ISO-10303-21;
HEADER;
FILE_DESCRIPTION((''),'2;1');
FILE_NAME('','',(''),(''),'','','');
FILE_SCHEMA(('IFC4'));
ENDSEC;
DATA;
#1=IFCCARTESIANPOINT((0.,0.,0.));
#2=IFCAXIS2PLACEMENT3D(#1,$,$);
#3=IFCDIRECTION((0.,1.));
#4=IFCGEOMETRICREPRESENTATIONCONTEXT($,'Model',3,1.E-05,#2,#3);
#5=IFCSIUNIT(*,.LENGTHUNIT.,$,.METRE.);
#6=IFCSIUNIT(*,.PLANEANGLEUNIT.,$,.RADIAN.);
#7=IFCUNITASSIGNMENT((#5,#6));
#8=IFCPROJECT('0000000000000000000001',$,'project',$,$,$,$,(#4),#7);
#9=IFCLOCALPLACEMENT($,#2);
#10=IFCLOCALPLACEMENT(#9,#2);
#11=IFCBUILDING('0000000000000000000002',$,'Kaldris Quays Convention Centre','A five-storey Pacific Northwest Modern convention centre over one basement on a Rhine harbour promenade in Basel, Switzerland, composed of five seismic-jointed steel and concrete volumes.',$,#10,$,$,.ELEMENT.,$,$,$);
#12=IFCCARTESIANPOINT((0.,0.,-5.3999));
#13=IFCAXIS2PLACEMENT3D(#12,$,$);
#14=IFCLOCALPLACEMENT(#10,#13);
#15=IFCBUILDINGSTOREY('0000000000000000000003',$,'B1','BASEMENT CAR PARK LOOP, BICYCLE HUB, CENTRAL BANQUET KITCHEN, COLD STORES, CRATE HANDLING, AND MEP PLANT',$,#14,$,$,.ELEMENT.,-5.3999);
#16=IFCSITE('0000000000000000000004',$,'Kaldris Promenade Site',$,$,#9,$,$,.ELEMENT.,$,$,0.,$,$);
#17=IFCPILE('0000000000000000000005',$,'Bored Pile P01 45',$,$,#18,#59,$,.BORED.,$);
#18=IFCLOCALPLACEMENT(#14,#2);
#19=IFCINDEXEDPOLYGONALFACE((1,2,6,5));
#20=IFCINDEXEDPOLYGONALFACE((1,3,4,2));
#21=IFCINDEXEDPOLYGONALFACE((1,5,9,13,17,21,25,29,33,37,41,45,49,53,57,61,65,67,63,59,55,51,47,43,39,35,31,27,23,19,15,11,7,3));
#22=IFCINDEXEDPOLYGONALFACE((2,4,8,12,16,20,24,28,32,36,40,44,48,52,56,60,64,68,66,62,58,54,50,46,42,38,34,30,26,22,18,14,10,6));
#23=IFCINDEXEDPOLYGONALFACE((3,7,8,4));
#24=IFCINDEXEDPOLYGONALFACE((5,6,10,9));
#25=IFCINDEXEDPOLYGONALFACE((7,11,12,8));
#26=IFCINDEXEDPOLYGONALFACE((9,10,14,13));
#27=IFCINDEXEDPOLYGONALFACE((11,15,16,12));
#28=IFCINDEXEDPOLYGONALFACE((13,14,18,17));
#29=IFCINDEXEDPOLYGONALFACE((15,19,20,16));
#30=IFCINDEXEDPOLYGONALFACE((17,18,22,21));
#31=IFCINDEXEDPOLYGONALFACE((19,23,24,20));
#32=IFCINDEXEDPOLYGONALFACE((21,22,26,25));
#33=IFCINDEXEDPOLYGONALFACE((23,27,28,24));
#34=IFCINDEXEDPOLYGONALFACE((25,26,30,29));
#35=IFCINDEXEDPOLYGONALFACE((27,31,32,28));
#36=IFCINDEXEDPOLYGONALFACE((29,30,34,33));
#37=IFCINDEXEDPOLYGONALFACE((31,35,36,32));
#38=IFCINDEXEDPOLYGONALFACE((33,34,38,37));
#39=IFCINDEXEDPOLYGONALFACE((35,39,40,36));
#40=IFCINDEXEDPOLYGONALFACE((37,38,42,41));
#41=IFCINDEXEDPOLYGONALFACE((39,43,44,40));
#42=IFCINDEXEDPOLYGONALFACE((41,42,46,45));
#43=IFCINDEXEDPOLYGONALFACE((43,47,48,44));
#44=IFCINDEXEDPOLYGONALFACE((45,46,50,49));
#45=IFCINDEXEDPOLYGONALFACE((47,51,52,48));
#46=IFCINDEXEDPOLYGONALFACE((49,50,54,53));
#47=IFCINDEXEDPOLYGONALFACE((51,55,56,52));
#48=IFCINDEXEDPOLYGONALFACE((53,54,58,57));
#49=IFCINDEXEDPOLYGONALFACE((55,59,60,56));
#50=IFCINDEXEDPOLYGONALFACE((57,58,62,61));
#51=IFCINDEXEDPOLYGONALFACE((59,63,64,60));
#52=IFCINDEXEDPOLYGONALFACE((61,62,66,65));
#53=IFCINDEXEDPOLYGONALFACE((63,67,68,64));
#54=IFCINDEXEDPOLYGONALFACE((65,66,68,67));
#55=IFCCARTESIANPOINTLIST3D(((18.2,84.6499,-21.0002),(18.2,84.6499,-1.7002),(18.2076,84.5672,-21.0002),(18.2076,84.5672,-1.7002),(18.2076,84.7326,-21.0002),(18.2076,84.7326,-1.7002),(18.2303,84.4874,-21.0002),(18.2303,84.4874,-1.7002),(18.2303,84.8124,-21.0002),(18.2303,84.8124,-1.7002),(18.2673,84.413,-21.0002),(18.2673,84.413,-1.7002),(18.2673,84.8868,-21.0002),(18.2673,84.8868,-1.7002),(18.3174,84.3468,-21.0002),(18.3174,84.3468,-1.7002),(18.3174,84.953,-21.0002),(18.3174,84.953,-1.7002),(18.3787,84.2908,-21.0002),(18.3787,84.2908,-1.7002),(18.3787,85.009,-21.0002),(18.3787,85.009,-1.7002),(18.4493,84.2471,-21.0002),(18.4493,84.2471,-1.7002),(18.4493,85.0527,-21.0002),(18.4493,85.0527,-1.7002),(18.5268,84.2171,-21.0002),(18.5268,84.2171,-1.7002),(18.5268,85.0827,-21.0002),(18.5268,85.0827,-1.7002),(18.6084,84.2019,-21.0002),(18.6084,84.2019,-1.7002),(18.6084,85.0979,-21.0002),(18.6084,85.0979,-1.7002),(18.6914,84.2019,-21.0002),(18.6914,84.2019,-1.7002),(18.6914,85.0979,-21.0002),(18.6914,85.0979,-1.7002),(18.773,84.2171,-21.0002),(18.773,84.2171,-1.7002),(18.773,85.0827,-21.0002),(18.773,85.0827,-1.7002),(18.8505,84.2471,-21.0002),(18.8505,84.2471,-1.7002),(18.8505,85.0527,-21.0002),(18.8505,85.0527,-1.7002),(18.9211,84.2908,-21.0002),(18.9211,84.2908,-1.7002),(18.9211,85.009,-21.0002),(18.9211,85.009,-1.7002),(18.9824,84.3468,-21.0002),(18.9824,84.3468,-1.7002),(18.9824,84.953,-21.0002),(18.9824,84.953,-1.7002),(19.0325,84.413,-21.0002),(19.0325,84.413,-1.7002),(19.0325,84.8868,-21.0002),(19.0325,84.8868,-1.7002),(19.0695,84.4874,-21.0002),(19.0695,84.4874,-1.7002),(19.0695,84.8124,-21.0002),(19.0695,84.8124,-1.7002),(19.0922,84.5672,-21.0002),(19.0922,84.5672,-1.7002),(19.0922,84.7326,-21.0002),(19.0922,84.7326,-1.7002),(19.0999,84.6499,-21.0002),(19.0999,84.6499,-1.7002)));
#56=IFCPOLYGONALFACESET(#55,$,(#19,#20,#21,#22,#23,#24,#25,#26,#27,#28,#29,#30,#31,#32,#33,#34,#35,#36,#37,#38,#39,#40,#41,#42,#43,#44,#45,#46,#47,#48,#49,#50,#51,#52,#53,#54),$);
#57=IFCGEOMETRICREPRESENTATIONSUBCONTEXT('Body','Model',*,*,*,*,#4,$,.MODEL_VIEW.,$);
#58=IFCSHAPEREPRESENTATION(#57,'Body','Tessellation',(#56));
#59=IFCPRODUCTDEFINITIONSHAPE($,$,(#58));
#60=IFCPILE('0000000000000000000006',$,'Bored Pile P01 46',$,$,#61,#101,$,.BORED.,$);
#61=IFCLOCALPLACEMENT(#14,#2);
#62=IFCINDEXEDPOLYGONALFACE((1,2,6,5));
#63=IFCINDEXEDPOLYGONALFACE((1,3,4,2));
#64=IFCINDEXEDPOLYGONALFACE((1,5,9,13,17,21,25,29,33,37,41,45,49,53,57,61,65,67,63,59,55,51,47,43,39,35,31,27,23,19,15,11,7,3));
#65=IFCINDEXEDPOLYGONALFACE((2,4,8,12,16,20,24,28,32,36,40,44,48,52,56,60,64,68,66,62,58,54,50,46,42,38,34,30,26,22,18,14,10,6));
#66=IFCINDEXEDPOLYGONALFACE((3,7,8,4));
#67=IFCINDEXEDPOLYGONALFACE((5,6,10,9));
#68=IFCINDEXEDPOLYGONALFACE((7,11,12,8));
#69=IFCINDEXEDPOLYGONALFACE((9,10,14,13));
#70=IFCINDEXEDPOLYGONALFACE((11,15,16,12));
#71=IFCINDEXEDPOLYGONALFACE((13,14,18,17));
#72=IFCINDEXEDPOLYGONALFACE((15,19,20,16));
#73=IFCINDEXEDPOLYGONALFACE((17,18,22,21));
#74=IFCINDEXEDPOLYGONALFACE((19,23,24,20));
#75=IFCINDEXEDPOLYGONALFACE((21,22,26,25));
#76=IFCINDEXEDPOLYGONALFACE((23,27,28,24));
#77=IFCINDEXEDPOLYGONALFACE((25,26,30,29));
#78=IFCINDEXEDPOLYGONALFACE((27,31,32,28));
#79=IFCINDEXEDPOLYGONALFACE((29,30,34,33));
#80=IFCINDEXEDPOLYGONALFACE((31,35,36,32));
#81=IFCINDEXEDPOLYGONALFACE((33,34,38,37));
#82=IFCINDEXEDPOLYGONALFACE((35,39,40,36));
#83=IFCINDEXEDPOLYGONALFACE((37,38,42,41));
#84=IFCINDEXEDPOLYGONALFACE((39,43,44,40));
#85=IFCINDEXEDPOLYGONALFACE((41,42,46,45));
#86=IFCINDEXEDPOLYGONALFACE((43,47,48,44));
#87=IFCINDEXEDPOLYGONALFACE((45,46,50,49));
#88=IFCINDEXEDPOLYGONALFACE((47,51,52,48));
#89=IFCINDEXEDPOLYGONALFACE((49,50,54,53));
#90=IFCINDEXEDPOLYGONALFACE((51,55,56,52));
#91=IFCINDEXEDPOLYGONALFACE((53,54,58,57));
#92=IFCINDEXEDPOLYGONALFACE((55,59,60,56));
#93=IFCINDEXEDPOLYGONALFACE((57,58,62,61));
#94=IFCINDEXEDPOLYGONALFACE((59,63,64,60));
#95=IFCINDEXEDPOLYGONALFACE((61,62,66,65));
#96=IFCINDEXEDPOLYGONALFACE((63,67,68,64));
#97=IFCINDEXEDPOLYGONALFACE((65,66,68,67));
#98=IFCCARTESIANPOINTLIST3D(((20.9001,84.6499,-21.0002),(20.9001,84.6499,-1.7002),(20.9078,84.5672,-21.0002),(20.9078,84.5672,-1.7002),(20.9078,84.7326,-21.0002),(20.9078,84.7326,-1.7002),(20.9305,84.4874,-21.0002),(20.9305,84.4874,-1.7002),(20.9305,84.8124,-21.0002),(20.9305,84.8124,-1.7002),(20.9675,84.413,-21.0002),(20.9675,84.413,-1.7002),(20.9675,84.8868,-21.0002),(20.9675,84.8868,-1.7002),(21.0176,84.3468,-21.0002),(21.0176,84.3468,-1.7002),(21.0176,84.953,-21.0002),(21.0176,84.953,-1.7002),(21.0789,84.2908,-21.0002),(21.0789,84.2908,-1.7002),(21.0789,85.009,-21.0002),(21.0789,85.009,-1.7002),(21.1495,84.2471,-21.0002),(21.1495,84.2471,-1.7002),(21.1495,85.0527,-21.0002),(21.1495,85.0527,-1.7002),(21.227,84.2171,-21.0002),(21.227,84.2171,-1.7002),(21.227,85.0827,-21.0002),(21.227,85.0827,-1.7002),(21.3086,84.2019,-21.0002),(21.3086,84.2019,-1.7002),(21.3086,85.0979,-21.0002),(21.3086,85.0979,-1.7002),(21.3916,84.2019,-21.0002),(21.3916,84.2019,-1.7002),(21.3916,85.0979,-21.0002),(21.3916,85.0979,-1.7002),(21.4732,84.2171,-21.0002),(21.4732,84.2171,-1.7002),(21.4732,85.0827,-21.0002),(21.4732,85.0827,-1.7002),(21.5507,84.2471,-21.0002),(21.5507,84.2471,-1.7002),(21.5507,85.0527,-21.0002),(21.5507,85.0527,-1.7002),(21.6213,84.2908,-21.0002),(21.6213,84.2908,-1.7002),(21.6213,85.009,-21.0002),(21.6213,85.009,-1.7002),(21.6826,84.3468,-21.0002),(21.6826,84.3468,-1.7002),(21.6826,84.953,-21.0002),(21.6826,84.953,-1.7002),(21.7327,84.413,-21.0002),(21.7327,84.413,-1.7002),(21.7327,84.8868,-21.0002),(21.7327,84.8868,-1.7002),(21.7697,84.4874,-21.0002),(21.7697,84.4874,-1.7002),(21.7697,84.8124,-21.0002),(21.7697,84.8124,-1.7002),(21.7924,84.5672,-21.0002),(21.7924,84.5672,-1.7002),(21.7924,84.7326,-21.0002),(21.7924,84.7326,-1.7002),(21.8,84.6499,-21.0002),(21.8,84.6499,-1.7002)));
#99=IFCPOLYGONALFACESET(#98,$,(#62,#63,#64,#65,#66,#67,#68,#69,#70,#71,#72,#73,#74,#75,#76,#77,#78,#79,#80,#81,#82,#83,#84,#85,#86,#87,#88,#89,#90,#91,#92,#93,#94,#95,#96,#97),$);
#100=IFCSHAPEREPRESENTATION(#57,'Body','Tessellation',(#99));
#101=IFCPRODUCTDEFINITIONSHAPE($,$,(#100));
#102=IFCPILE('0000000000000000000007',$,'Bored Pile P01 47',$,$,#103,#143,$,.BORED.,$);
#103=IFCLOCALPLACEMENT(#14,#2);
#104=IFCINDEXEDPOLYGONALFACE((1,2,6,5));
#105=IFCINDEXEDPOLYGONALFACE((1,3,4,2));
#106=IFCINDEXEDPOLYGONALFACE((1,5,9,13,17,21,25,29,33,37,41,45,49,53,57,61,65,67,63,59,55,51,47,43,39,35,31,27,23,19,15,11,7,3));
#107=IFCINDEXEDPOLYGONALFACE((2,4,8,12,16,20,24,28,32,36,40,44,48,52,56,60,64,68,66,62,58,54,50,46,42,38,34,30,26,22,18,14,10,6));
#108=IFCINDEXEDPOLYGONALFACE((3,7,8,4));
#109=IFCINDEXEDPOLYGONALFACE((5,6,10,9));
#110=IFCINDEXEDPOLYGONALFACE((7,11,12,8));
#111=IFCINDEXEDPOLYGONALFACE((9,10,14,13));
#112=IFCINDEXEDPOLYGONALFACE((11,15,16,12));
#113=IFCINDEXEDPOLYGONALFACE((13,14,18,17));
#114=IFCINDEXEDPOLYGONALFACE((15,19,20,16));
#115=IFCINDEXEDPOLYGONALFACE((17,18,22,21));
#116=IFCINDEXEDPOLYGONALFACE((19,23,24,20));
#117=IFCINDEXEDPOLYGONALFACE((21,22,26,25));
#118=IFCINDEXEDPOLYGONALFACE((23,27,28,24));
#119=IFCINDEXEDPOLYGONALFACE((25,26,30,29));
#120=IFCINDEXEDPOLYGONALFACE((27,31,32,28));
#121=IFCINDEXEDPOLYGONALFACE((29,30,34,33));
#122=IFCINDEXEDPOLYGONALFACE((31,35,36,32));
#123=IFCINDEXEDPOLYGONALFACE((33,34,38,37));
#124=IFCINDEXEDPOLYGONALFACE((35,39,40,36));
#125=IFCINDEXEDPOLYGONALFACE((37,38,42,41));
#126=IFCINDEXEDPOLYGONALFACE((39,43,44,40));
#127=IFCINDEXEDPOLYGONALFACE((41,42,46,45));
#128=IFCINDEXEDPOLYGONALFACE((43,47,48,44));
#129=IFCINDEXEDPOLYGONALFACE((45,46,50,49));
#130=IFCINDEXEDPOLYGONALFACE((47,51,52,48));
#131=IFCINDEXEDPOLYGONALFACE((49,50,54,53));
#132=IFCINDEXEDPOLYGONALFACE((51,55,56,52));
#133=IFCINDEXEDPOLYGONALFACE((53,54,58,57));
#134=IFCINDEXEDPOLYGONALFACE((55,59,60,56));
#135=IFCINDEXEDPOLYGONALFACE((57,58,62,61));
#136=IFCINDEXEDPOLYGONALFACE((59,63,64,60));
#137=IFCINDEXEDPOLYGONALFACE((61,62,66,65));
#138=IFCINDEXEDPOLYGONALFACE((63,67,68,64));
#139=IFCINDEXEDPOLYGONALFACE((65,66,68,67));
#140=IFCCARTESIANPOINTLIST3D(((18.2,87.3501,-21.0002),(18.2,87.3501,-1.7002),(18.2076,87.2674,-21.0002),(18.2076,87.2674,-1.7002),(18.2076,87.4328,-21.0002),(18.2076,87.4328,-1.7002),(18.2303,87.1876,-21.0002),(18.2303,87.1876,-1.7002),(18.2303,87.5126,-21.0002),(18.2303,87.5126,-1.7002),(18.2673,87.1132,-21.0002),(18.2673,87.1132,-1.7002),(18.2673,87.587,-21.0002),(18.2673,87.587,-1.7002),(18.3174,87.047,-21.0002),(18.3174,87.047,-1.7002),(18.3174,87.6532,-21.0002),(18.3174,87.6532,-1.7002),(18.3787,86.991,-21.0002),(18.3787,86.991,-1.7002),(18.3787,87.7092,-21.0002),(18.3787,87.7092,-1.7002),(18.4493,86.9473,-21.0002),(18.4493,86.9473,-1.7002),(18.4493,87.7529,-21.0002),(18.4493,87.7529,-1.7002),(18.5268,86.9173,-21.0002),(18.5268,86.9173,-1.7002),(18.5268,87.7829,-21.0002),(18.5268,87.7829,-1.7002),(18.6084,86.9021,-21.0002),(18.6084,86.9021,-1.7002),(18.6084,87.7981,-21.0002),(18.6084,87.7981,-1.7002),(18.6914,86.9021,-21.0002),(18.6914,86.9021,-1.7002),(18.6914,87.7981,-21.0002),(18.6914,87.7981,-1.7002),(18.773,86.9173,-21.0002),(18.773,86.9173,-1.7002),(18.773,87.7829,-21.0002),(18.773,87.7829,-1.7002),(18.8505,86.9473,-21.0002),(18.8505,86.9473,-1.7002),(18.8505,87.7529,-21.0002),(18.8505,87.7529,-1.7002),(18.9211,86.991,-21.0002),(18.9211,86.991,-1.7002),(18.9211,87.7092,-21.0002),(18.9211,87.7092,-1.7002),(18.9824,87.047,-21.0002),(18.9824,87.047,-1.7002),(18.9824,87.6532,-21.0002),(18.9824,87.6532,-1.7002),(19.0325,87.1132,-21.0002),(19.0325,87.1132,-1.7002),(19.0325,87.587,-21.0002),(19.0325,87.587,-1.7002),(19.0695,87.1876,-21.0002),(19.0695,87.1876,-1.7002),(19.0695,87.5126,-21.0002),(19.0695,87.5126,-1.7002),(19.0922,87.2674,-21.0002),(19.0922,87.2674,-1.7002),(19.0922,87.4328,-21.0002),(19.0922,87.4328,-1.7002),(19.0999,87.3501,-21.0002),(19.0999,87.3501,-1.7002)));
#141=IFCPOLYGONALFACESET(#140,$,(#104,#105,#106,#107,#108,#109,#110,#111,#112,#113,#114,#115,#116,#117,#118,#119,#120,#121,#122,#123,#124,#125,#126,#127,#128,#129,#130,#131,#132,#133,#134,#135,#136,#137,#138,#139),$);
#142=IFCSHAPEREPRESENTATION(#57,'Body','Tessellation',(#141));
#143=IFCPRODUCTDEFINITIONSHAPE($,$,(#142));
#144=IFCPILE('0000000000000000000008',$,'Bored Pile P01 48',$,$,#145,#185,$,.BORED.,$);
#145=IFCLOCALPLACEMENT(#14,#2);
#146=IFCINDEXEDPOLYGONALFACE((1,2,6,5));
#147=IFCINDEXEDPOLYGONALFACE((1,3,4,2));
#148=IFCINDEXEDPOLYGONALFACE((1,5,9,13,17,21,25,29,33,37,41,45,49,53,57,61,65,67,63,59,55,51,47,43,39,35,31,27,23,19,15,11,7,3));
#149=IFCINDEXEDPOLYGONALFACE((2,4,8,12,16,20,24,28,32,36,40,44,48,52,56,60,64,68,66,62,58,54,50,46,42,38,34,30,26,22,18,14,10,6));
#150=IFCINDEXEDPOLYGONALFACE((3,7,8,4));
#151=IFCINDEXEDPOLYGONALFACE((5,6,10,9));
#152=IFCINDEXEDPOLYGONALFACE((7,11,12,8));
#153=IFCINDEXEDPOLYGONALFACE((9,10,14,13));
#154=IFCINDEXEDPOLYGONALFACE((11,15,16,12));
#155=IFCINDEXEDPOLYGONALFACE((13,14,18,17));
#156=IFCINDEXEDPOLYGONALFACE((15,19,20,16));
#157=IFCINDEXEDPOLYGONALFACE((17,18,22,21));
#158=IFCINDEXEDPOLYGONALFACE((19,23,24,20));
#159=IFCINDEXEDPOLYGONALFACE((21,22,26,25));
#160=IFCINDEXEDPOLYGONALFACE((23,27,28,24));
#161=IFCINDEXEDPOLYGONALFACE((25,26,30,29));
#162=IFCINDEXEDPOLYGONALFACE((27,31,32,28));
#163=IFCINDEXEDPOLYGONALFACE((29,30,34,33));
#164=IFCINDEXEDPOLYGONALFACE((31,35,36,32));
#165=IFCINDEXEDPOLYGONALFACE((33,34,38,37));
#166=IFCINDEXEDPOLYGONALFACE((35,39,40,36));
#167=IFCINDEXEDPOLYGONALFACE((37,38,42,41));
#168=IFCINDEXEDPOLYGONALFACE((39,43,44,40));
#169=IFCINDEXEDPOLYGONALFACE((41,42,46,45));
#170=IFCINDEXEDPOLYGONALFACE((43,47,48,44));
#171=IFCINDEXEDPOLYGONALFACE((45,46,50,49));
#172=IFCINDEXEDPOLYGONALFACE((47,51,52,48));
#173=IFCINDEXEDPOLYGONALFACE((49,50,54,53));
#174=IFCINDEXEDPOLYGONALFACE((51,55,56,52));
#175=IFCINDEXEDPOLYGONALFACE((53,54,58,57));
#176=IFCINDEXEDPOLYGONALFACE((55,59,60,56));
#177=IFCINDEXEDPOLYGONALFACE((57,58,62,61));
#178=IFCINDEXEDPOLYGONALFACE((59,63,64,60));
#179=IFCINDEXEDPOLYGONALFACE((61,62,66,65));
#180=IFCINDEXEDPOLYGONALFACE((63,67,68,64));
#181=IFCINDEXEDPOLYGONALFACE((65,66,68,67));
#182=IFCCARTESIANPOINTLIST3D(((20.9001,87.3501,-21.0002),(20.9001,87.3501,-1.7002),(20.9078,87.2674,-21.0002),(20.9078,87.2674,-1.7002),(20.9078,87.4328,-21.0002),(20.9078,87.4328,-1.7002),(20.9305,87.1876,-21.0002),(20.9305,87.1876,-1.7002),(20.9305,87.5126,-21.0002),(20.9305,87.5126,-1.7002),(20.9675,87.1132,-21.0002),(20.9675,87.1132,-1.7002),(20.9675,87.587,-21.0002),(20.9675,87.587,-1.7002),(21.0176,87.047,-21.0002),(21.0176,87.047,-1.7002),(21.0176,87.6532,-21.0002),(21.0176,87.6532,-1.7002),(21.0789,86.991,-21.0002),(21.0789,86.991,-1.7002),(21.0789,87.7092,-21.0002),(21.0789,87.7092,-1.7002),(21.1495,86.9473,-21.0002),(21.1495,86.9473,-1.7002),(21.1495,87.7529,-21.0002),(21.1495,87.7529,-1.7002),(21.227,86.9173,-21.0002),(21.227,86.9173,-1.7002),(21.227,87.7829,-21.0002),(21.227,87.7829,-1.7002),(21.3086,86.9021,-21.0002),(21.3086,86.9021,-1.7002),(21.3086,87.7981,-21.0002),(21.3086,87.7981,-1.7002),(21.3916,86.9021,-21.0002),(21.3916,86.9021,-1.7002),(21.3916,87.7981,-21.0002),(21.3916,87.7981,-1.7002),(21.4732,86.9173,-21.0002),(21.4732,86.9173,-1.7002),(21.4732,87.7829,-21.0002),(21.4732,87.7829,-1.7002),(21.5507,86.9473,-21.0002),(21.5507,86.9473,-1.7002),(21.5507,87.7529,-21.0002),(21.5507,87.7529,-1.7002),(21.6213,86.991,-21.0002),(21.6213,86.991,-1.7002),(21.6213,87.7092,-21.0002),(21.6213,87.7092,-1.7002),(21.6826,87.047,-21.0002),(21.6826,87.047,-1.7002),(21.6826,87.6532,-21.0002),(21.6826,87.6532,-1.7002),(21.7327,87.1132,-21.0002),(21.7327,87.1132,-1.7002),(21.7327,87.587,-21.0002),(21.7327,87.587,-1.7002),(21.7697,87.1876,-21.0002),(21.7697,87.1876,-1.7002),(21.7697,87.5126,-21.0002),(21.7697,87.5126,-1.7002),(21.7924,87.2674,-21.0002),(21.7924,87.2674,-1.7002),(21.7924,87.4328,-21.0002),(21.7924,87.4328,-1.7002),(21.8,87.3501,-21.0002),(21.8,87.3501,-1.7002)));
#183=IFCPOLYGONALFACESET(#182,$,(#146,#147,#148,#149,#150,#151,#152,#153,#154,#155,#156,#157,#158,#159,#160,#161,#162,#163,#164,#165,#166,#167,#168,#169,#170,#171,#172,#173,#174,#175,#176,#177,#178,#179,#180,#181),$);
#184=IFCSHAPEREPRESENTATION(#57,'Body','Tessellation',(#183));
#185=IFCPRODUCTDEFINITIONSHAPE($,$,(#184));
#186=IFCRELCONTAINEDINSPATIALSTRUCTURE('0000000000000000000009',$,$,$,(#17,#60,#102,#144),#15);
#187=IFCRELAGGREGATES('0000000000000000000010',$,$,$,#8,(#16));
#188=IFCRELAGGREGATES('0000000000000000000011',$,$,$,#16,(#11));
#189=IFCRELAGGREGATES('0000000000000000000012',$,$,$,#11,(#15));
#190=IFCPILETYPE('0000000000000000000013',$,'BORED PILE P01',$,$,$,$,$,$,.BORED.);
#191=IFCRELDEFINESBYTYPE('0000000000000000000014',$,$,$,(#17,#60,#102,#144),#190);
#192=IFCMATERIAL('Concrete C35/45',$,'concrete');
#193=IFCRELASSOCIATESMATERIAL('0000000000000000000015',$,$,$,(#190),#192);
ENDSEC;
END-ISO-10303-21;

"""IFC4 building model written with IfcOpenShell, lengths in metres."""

from ifc_helpers import new_model, si_unit, direction, frame, origin, origin_2d, place, context, subcontext, project, spatial, circle, extrude, material, material_profile, profile_set, type_object, element, save


model = new_model("IFC4")

# Units and contexts
model_context = context("Model", 3, precision=1e-05, world=origin(), true_north=direction((0.0, 1.0)))
body_context = subcontext(model_context, "Body", "Model", "MODEL_VIEW")
ifc_project = project(units=[si_unit("LENGTHUNIT", "METRE"), si_unit("PLANEANGLEUNIT", "RADIAN")], contexts=[model_context])

# Site, building, storey
site_placement = place(None, origin())
site = spatial("IfcSite", under=ifc_project, at=site_placement, Name="Kaldris Promenade Site", CompositionType="ELEMENT", RefElevation=0.0)
building_placement = place(site_placement, origin())
building = spatial("IfcBuilding", under=site, at=building_placement, Name="Kaldris Quays Convention Centre", Description="A five-storey Pacific Northwest Modern convention centre over one basement on a Rhine harbour promenade in Basel, Switzerland, composed of five seismic-jointed steel and concrete volumes.", CompositionType="ELEMENT")
storey_placement = place(building_placement, frame((0.0, 0.0, -5.3999)))
storey = spatial("IfcBuildingStorey", under=building, at=storey_placement, Name="B1", Description="BASEMENT CAR PARK LOOP, BICYCLE HUB, CENTRAL BANQUET KITCHEN, COLD STORES, CRATE HANDLING, AND MEP PLANT", CompositionType="ELEMENT", Elevation=-5.3999)

# Piles
ifc_material_1 = material(Name="Concrete C35/45", Category="concrete")
ifc_material_profile_1 = material_profile(ifc_material_1, circle(Radius=0.45, at=origin_2d()), Name="BORED PILE D900")
ifc_profile_set_1 = profile_set([ifc_material_profile_1], Name="Concrete C35/45")
pile_type = type_object("IfcPileType", Name="BORED PILE P01", PredefinedType="BORED", material=ifc_profile_set_1)
for number, where, z_axis, x_axis, name in (
    (1, (18.6499, 84.6499, -1.7002), (0.0, 0.0, -1.0), (1.0, 0.0, 0.0), "Bored Pile P01 45"),
    (2, (21.3501, 84.6499, -1.7002), (0.0, 0.0, -1.0), (1.0, 0.0, 0.0), "Bored Pile P01 46"),
    (3, (18.6499, 87.3501, -1.7002), (0.0, 0.0, -1.0), (1.0, 0.0, 0.0), "Bored Pile P01 47"),
    (4, (21.3501, 87.3501, -1.7002), (0.0, 0.0, -1.0), (1.0, 0.0, 0.0), "Bored Pile P01 48"),
):
    element("IfcPile", number, at=place(storey_placement, frame(where, z_axis=z_axis, x_axis=x_axis)), inside=storey, type_object=pile_type, Name=name, PredefinedType="BORED", context=body_context, shape_type="SweptSolid", body=[
        extrude(circle(Radius=0.45, at=origin_2d()), origin(), (0.0, 0.0, 1.0), 19.3),
    ])

save(model, "model.ifc")
